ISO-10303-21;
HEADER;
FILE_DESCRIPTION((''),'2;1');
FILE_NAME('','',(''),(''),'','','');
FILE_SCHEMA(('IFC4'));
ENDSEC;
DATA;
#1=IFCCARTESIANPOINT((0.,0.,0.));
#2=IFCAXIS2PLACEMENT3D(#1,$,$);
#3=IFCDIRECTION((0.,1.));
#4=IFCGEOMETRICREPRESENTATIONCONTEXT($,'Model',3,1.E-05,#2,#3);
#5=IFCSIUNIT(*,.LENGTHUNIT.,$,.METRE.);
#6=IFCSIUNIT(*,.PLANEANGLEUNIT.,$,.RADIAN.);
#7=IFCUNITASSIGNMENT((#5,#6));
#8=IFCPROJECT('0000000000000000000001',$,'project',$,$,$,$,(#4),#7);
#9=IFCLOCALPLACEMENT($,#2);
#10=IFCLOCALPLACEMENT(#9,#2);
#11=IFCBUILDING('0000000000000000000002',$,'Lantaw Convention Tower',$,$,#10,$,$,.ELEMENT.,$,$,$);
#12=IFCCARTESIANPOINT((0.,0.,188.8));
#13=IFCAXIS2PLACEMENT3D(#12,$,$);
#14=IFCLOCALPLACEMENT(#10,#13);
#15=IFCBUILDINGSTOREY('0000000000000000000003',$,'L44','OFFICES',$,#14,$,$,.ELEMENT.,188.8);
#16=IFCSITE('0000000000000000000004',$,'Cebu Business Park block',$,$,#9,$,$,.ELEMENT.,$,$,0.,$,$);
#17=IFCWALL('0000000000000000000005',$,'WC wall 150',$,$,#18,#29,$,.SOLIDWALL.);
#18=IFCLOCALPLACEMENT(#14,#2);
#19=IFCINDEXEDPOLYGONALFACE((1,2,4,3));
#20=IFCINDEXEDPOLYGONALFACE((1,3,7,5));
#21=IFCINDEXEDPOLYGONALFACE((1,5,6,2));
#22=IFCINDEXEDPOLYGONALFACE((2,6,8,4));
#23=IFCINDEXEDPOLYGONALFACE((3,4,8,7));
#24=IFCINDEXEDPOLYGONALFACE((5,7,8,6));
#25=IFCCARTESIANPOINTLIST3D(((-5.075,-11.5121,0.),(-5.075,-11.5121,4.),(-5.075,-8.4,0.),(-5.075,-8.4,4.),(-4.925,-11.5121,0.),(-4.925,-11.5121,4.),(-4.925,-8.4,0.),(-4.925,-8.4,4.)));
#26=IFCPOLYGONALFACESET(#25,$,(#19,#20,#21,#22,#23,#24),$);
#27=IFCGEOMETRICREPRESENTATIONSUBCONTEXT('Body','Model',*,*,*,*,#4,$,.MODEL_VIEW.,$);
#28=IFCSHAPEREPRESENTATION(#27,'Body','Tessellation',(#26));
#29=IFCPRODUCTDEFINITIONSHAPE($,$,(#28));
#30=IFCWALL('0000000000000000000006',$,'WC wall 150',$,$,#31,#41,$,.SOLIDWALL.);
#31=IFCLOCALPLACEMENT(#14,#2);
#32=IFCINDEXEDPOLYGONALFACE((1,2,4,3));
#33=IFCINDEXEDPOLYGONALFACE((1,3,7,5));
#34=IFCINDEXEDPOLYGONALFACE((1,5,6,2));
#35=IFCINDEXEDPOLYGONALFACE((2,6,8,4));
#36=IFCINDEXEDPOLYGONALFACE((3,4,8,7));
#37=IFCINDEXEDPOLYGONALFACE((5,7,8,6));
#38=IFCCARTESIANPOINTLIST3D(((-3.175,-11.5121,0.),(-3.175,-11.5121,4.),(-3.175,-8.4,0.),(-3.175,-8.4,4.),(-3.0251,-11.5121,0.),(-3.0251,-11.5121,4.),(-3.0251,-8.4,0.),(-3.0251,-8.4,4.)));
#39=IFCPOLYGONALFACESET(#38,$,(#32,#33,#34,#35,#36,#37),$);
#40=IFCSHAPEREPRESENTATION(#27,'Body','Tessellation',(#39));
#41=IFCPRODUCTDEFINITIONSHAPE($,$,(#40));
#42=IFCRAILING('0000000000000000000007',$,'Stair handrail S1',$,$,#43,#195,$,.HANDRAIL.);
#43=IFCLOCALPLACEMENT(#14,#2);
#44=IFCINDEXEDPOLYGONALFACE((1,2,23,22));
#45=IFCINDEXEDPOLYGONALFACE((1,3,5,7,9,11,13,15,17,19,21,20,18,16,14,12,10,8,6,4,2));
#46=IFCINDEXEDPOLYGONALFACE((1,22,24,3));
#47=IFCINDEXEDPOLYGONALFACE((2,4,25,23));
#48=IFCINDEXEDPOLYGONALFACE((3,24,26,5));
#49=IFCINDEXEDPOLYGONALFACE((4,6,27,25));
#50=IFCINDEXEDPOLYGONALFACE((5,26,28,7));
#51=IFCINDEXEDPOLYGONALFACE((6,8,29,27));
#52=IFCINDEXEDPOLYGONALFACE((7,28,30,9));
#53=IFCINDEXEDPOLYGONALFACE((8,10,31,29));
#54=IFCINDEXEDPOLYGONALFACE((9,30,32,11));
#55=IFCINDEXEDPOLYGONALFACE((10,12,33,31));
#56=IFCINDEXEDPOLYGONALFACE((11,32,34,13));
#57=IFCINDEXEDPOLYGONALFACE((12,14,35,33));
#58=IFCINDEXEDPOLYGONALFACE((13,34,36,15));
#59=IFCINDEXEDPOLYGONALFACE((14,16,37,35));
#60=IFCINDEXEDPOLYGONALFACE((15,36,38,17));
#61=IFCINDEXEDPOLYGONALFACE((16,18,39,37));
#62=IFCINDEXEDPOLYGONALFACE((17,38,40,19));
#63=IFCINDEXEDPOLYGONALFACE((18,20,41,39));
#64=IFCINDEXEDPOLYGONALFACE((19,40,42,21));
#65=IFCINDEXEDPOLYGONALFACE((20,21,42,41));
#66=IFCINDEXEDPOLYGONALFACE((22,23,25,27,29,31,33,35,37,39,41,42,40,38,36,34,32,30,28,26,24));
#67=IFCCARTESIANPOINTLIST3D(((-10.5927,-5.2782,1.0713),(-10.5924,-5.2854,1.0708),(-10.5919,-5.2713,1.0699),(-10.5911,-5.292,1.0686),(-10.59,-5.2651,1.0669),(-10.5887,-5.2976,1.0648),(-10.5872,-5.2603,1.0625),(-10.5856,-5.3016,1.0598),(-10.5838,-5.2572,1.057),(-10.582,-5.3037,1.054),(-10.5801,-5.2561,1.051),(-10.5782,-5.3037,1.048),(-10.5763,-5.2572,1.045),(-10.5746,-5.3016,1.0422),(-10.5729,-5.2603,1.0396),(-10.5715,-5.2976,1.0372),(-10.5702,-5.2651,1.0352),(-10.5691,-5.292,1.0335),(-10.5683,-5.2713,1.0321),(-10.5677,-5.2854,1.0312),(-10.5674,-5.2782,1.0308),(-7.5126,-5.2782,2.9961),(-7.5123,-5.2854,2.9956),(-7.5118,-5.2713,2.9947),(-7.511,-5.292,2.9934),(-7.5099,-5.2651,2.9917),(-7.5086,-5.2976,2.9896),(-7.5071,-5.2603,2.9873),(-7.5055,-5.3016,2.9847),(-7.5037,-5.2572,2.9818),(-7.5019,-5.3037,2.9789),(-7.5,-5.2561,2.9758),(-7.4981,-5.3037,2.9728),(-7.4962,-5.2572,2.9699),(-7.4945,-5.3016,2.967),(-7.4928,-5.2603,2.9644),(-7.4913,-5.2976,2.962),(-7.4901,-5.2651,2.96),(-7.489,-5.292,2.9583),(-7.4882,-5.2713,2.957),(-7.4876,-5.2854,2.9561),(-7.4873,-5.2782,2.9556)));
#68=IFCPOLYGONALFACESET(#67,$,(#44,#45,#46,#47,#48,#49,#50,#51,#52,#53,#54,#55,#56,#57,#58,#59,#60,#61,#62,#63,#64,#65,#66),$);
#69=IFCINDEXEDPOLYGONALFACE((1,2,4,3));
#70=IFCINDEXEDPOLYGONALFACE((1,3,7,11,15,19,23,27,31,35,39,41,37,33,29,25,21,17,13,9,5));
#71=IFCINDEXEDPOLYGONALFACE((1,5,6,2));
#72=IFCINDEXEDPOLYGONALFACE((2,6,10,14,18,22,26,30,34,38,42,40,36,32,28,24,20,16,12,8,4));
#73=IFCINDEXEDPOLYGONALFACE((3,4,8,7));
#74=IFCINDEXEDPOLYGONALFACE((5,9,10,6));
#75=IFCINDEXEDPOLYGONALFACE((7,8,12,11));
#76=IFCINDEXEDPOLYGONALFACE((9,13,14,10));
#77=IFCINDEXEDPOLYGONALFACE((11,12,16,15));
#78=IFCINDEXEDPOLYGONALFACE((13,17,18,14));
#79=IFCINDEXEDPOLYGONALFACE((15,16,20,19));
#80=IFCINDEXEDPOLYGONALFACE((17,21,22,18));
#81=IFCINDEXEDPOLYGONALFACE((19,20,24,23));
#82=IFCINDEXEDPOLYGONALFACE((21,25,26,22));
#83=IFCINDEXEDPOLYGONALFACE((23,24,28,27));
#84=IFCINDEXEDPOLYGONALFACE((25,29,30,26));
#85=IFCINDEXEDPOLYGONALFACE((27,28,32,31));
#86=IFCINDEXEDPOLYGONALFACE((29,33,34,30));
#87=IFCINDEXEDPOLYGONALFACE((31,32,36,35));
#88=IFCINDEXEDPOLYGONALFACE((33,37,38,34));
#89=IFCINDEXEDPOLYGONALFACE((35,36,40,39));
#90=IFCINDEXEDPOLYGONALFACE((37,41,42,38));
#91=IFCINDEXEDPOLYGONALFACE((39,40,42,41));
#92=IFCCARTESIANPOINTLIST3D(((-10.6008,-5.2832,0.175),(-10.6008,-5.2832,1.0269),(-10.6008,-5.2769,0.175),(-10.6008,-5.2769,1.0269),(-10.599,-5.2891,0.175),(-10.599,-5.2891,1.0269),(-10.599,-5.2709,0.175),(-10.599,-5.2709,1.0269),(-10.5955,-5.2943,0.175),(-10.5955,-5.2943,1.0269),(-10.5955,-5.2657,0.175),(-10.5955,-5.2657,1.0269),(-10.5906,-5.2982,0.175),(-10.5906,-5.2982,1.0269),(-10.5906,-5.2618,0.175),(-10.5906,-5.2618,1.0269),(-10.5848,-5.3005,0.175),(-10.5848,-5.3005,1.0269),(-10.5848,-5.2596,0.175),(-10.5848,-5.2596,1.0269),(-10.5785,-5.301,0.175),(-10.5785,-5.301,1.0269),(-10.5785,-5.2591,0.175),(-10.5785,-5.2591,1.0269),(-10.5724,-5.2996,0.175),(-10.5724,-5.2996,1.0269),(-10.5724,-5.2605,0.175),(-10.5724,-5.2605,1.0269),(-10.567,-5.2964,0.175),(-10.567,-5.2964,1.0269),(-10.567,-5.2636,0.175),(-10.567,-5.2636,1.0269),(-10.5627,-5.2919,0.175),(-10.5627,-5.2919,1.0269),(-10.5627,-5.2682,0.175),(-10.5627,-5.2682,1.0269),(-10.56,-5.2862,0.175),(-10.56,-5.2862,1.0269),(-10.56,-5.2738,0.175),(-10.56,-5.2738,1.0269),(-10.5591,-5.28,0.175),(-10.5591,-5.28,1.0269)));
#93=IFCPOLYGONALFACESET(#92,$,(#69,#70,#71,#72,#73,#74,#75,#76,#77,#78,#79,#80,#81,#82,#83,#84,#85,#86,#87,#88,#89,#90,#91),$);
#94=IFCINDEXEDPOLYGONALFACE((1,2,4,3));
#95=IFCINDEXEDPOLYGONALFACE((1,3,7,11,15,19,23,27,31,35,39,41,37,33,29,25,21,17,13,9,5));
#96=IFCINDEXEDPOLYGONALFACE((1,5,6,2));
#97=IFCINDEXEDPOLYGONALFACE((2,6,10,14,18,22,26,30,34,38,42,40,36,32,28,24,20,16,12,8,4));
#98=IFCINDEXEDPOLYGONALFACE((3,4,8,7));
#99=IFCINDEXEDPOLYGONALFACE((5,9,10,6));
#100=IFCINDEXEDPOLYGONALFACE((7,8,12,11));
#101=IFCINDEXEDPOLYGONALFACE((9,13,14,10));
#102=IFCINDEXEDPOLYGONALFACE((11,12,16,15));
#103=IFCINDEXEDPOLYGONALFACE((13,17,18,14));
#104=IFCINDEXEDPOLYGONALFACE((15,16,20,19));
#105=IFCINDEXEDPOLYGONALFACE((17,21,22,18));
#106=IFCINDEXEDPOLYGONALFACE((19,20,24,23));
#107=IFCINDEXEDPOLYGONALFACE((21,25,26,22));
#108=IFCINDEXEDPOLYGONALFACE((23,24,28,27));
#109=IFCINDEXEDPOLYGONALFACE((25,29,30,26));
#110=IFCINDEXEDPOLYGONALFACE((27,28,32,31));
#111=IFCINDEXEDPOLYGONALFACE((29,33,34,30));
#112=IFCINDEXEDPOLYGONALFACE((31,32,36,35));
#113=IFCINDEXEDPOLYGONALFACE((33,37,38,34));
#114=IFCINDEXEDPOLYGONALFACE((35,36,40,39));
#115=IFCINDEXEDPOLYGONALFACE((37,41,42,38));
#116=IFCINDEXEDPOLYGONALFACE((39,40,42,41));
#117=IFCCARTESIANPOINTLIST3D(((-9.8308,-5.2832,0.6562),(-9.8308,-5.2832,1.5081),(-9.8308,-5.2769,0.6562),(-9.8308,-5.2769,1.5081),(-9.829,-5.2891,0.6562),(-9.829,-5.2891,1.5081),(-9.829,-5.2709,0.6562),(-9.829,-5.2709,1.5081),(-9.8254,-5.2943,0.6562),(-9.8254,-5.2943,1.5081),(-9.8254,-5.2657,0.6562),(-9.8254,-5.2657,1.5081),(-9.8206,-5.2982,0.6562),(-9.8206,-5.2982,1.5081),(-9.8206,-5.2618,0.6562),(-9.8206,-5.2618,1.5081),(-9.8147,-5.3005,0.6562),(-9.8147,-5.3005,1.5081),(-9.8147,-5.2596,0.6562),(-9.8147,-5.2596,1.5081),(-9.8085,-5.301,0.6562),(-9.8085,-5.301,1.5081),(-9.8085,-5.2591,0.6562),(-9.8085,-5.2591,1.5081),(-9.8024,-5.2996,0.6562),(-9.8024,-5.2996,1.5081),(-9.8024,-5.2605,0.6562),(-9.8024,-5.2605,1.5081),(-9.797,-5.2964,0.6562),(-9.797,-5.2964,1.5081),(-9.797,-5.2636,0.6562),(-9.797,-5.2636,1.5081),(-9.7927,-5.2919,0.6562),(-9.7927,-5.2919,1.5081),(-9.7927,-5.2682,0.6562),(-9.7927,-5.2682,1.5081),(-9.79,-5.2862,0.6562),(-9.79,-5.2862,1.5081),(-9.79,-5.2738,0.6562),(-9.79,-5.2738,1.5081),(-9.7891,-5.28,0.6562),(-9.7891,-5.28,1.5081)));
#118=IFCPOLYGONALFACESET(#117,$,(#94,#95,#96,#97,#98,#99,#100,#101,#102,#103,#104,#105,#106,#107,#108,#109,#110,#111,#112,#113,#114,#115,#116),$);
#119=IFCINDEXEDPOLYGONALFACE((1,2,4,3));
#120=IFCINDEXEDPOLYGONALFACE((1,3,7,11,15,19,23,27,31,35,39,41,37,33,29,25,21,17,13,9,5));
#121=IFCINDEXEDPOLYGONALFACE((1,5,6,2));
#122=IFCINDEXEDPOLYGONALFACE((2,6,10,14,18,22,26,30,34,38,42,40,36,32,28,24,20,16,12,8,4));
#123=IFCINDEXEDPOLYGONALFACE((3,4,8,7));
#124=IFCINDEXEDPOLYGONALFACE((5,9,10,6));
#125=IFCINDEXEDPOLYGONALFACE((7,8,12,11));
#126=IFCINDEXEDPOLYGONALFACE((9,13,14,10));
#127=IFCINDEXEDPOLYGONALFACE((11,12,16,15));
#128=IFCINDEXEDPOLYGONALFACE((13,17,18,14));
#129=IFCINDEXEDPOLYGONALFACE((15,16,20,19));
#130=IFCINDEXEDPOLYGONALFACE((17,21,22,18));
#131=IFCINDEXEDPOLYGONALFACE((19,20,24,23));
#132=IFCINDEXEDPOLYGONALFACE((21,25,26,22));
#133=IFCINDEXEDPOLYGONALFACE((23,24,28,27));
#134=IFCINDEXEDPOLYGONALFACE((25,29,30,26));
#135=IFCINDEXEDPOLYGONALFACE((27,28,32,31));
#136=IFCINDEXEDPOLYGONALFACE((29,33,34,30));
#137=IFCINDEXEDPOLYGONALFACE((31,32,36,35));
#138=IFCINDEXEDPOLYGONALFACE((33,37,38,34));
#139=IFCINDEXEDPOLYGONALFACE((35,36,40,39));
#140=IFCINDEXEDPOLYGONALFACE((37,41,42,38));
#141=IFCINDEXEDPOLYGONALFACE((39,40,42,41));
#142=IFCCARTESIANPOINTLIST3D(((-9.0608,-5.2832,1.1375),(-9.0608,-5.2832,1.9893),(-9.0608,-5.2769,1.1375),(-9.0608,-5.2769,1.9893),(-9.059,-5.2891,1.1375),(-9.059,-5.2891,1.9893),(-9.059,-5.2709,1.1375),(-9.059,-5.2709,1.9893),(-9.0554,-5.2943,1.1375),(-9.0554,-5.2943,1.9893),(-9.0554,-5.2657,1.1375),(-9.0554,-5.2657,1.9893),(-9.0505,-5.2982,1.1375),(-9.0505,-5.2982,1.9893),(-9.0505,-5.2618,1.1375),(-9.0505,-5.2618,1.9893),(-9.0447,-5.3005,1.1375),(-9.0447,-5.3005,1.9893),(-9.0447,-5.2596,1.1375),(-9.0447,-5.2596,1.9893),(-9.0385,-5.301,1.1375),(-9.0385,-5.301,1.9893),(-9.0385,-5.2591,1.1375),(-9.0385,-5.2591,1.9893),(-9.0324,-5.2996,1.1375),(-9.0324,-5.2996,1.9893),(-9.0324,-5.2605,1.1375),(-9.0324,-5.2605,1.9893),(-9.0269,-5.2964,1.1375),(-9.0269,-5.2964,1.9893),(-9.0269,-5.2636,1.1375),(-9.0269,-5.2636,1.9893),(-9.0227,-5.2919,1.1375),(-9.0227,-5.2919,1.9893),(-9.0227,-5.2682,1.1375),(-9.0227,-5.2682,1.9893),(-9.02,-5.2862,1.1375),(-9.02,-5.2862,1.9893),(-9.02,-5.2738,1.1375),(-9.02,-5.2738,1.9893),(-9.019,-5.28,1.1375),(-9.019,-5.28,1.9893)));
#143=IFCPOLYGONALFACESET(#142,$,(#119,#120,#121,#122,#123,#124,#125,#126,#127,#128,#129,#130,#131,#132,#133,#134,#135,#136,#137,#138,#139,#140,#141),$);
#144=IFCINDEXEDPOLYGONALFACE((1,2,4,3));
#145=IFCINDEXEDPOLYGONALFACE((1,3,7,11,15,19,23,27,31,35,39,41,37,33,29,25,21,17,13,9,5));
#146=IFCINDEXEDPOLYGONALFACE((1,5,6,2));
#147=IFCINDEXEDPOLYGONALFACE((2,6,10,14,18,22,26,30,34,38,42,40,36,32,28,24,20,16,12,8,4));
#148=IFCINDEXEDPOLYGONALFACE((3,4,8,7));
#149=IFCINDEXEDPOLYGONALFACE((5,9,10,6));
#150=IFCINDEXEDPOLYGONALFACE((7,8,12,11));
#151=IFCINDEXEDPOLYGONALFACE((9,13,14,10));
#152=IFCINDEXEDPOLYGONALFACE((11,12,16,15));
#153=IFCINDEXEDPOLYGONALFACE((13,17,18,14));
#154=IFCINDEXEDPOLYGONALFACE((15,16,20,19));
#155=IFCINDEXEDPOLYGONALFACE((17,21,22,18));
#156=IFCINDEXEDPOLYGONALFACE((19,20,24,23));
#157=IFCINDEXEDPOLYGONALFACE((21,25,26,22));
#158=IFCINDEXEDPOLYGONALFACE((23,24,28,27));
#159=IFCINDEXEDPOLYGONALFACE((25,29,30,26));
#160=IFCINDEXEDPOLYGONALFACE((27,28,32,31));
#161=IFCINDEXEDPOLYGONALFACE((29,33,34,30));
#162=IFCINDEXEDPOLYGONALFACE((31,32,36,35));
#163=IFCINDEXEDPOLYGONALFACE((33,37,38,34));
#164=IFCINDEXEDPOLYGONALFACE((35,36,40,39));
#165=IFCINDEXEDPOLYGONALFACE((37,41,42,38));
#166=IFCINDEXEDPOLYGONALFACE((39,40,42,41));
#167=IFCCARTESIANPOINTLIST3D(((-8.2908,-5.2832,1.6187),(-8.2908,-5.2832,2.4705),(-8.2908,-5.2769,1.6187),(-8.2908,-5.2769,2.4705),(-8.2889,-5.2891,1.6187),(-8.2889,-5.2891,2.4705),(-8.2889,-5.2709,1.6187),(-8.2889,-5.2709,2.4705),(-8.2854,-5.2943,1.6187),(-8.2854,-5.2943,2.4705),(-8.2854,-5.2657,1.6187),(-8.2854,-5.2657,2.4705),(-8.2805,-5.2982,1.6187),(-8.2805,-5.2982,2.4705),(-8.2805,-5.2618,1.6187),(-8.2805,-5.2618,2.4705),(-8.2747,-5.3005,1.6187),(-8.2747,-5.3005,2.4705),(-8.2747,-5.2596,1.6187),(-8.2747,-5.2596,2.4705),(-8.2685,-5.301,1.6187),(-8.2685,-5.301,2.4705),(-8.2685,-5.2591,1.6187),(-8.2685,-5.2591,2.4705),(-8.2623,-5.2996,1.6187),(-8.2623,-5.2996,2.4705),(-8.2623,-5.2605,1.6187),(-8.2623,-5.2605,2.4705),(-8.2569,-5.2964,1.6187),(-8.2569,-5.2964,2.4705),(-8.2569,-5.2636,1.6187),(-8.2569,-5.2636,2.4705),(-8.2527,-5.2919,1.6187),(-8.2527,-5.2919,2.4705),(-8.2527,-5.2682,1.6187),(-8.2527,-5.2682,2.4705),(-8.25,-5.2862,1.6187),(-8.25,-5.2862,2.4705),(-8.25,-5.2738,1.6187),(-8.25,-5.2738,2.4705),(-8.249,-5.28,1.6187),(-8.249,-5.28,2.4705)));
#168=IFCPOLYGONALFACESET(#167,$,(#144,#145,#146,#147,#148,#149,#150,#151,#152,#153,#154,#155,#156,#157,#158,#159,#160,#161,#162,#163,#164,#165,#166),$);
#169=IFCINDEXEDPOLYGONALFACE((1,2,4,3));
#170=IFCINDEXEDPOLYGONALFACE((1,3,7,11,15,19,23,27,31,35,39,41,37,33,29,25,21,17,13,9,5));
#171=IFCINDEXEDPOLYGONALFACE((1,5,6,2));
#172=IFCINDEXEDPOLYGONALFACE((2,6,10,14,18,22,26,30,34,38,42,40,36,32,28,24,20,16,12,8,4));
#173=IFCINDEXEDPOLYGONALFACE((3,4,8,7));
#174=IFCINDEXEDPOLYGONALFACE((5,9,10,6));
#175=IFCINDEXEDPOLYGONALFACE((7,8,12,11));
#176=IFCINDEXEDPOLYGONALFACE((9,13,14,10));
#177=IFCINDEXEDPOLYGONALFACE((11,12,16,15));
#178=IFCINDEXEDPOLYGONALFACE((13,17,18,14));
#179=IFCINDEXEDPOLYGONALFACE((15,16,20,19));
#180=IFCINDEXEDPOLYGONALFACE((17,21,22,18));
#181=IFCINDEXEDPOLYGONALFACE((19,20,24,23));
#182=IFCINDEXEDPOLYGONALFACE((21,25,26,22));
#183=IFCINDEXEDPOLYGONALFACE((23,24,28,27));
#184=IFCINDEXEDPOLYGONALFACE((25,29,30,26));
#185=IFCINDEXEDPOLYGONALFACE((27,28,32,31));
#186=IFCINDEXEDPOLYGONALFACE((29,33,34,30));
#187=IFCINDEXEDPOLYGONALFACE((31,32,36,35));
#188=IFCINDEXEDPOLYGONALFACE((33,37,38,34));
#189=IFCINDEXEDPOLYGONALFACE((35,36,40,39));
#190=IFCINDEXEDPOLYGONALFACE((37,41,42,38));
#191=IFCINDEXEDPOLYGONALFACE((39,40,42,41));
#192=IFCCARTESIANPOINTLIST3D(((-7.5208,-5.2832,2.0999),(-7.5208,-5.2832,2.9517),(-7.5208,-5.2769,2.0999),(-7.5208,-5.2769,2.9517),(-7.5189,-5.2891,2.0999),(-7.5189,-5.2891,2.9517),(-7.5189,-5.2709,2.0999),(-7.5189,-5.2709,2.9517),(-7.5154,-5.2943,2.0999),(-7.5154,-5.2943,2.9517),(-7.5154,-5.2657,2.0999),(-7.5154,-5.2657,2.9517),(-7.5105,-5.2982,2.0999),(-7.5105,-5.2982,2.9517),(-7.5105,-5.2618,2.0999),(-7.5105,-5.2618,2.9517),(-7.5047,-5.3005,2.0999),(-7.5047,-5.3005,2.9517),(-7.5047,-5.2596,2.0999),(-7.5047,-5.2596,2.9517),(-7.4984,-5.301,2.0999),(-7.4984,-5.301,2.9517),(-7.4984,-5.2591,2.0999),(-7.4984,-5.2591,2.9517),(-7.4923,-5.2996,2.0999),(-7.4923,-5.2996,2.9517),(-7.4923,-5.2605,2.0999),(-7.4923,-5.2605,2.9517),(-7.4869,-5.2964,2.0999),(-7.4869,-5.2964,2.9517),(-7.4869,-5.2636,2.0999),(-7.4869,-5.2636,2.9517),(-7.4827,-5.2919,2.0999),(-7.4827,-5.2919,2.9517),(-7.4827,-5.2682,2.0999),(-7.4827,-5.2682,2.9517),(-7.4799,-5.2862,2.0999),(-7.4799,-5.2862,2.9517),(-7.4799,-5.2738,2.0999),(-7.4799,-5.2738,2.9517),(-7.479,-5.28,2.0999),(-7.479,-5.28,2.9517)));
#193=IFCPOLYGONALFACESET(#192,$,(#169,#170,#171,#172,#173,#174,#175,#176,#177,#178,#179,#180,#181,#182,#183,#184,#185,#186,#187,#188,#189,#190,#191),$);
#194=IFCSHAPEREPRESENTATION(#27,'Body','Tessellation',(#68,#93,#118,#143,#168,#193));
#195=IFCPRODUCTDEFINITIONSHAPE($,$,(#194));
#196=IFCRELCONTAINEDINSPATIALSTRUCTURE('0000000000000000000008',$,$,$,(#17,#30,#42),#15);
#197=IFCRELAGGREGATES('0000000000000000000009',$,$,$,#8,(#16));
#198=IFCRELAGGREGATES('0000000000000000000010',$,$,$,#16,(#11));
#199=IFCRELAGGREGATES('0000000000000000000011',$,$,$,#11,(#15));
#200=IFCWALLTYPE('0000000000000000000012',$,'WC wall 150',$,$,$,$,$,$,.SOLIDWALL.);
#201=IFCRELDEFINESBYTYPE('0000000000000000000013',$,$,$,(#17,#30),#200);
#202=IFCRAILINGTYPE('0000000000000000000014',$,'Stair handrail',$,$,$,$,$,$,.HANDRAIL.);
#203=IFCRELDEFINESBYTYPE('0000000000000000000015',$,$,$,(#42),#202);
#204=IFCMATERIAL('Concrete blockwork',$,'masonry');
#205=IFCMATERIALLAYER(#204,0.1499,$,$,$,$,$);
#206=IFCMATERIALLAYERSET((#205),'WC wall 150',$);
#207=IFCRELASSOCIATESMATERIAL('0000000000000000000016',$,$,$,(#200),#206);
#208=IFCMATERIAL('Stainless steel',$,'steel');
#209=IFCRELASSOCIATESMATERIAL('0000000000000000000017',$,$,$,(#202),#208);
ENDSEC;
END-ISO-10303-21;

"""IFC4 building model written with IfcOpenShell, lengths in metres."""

from ifc_helpers import new_model, si_unit, direction, frame, frame_2d, origin, origin_2d, place, context, subcontext, project, spatial, rectangle, circle, extrude, material, layer, layer_set, type_object, element, save


model = new_model("IFC4")

# Units and contexts
model_context = context("Model", 3, precision=1e-05, world=origin(), true_north=direction((0.0, 1.0)))
body_context = subcontext(model_context, "Body", "Model", "MODEL_VIEW")
ifc_project = project(units=[si_unit("LENGTHUNIT", "METRE"), si_unit("PLANEANGLEUNIT", "RADIAN")], contexts=[model_context])

# Site, building, storey
site_placement = place(None, origin())
site = spatial("IfcSite", under=ifc_project, at=site_placement, Name="Cebu Business Park block", CompositionType="ELEMENT", RefElevation=0.0)
building_placement = place(site_placement, origin())
building = spatial("IfcBuilding", under=site, at=building_placement, Name="Lantaw Convention Tower", CompositionType="ELEMENT")
storey_placement = place(building_placement, frame((0.0, 0.0, 188.8)))
storey = spatial("IfcBuildingStorey", under=building, at=storey_placement, Name="L44", Description="OFFICES", CompositionType="ELEMENT", Elevation=188.8)

# Walls
ifc_material_1 = material(Name="Concrete blockwork", Category="masonry")
ifc_layer_1 = layer(ifc_material_1, 0.1499)
ifc_layer_set_1 = layer_set([ifc_layer_1], Name="WC wall 150")
wall_type_1 = type_object("IfcWallType", Name="WC wall 150", PredefinedType="SOLIDWALL", material=ifc_layer_set_1)
for number, where, z_axis, x_axis, name in (
    (1, (-5.0, -8.3999, 0.0), (0.0, 0.0, 1.0), (0.0, -1.0, 0.0), "WC wall 150"),
    (2, (-3.1001, -8.3999, 0.0), (0.0, 0.0, 1.0), (0.0, -1.0, 0.0), "WC wall 150"),
):
    element("IfcWall", number, at=place(storey_placement, frame(where, z_axis=z_axis, x_axis=x_axis)), inside=storey, type_object=wall_type_1, Name=name, PredefinedType="SOLIDWALL", context=body_context, shape_type="SweptSolid", body=[
        extrude(rectangle(XDim=3.1121, YDim=0.1499, at=frame_2d((1.5562, 0.0))), origin(), (0.0, 0.0, 1.0), 4.0),
    ])

# Railing
ifc_material_2 = material(Name="Stainless steel", Category="steel")
railing_type = type_object("IfcRailingType", Name="Stair handrail", PredefinedType="HANDRAIL", material=ifc_material_2)
railing_1_placement = place(storey_placement, frame((-10.5801, -5.28, 0.175)))
element("IfcRailing", 3, at=railing_1_placement, inside=storey, type_object=railing_type, Name="Stair handrail S1", PredefinedType="HANDRAIL", context=body_context, shape_type="SweptSolid", body=[
    extrude(circle(Radius=0.0239, at=origin_2d()), frame((0.0, 0.0, 0.876), z_axis=(0.848029, 0.0, 0.529951), x_axis=(0.0, 1.0, 0.0)), (0.0, 0.0, 1.0), 3.6321),
    extrude(circle(Radius=0.021, at=origin_2d()), origin(), (0.0, 0.0, 1.0), 0.8518),
    extrude(circle(Radius=0.021, at=origin_2d()), frame((0.77, 0.0, 0.4812)), (0.0, 0.0, 1.0), 0.8518),
    extrude(circle(Radius=0.021, at=origin_2d()), frame((1.54, 0.0, 0.9624)), (0.0, 0.0, 1.0), 0.8518),
    extrude(circle(Radius=0.021, at=origin_2d()), frame((2.3101, 0.0, 1.4436)), (0.0, 0.0, 1.0), 0.8518),
    extrude(circle(Radius=0.021, at=origin_2d()), frame((3.0801, 0.0, 1.9248)), (0.0, 0.0, 1.0), 0.8518),
])

save(model, "model.ifc")
